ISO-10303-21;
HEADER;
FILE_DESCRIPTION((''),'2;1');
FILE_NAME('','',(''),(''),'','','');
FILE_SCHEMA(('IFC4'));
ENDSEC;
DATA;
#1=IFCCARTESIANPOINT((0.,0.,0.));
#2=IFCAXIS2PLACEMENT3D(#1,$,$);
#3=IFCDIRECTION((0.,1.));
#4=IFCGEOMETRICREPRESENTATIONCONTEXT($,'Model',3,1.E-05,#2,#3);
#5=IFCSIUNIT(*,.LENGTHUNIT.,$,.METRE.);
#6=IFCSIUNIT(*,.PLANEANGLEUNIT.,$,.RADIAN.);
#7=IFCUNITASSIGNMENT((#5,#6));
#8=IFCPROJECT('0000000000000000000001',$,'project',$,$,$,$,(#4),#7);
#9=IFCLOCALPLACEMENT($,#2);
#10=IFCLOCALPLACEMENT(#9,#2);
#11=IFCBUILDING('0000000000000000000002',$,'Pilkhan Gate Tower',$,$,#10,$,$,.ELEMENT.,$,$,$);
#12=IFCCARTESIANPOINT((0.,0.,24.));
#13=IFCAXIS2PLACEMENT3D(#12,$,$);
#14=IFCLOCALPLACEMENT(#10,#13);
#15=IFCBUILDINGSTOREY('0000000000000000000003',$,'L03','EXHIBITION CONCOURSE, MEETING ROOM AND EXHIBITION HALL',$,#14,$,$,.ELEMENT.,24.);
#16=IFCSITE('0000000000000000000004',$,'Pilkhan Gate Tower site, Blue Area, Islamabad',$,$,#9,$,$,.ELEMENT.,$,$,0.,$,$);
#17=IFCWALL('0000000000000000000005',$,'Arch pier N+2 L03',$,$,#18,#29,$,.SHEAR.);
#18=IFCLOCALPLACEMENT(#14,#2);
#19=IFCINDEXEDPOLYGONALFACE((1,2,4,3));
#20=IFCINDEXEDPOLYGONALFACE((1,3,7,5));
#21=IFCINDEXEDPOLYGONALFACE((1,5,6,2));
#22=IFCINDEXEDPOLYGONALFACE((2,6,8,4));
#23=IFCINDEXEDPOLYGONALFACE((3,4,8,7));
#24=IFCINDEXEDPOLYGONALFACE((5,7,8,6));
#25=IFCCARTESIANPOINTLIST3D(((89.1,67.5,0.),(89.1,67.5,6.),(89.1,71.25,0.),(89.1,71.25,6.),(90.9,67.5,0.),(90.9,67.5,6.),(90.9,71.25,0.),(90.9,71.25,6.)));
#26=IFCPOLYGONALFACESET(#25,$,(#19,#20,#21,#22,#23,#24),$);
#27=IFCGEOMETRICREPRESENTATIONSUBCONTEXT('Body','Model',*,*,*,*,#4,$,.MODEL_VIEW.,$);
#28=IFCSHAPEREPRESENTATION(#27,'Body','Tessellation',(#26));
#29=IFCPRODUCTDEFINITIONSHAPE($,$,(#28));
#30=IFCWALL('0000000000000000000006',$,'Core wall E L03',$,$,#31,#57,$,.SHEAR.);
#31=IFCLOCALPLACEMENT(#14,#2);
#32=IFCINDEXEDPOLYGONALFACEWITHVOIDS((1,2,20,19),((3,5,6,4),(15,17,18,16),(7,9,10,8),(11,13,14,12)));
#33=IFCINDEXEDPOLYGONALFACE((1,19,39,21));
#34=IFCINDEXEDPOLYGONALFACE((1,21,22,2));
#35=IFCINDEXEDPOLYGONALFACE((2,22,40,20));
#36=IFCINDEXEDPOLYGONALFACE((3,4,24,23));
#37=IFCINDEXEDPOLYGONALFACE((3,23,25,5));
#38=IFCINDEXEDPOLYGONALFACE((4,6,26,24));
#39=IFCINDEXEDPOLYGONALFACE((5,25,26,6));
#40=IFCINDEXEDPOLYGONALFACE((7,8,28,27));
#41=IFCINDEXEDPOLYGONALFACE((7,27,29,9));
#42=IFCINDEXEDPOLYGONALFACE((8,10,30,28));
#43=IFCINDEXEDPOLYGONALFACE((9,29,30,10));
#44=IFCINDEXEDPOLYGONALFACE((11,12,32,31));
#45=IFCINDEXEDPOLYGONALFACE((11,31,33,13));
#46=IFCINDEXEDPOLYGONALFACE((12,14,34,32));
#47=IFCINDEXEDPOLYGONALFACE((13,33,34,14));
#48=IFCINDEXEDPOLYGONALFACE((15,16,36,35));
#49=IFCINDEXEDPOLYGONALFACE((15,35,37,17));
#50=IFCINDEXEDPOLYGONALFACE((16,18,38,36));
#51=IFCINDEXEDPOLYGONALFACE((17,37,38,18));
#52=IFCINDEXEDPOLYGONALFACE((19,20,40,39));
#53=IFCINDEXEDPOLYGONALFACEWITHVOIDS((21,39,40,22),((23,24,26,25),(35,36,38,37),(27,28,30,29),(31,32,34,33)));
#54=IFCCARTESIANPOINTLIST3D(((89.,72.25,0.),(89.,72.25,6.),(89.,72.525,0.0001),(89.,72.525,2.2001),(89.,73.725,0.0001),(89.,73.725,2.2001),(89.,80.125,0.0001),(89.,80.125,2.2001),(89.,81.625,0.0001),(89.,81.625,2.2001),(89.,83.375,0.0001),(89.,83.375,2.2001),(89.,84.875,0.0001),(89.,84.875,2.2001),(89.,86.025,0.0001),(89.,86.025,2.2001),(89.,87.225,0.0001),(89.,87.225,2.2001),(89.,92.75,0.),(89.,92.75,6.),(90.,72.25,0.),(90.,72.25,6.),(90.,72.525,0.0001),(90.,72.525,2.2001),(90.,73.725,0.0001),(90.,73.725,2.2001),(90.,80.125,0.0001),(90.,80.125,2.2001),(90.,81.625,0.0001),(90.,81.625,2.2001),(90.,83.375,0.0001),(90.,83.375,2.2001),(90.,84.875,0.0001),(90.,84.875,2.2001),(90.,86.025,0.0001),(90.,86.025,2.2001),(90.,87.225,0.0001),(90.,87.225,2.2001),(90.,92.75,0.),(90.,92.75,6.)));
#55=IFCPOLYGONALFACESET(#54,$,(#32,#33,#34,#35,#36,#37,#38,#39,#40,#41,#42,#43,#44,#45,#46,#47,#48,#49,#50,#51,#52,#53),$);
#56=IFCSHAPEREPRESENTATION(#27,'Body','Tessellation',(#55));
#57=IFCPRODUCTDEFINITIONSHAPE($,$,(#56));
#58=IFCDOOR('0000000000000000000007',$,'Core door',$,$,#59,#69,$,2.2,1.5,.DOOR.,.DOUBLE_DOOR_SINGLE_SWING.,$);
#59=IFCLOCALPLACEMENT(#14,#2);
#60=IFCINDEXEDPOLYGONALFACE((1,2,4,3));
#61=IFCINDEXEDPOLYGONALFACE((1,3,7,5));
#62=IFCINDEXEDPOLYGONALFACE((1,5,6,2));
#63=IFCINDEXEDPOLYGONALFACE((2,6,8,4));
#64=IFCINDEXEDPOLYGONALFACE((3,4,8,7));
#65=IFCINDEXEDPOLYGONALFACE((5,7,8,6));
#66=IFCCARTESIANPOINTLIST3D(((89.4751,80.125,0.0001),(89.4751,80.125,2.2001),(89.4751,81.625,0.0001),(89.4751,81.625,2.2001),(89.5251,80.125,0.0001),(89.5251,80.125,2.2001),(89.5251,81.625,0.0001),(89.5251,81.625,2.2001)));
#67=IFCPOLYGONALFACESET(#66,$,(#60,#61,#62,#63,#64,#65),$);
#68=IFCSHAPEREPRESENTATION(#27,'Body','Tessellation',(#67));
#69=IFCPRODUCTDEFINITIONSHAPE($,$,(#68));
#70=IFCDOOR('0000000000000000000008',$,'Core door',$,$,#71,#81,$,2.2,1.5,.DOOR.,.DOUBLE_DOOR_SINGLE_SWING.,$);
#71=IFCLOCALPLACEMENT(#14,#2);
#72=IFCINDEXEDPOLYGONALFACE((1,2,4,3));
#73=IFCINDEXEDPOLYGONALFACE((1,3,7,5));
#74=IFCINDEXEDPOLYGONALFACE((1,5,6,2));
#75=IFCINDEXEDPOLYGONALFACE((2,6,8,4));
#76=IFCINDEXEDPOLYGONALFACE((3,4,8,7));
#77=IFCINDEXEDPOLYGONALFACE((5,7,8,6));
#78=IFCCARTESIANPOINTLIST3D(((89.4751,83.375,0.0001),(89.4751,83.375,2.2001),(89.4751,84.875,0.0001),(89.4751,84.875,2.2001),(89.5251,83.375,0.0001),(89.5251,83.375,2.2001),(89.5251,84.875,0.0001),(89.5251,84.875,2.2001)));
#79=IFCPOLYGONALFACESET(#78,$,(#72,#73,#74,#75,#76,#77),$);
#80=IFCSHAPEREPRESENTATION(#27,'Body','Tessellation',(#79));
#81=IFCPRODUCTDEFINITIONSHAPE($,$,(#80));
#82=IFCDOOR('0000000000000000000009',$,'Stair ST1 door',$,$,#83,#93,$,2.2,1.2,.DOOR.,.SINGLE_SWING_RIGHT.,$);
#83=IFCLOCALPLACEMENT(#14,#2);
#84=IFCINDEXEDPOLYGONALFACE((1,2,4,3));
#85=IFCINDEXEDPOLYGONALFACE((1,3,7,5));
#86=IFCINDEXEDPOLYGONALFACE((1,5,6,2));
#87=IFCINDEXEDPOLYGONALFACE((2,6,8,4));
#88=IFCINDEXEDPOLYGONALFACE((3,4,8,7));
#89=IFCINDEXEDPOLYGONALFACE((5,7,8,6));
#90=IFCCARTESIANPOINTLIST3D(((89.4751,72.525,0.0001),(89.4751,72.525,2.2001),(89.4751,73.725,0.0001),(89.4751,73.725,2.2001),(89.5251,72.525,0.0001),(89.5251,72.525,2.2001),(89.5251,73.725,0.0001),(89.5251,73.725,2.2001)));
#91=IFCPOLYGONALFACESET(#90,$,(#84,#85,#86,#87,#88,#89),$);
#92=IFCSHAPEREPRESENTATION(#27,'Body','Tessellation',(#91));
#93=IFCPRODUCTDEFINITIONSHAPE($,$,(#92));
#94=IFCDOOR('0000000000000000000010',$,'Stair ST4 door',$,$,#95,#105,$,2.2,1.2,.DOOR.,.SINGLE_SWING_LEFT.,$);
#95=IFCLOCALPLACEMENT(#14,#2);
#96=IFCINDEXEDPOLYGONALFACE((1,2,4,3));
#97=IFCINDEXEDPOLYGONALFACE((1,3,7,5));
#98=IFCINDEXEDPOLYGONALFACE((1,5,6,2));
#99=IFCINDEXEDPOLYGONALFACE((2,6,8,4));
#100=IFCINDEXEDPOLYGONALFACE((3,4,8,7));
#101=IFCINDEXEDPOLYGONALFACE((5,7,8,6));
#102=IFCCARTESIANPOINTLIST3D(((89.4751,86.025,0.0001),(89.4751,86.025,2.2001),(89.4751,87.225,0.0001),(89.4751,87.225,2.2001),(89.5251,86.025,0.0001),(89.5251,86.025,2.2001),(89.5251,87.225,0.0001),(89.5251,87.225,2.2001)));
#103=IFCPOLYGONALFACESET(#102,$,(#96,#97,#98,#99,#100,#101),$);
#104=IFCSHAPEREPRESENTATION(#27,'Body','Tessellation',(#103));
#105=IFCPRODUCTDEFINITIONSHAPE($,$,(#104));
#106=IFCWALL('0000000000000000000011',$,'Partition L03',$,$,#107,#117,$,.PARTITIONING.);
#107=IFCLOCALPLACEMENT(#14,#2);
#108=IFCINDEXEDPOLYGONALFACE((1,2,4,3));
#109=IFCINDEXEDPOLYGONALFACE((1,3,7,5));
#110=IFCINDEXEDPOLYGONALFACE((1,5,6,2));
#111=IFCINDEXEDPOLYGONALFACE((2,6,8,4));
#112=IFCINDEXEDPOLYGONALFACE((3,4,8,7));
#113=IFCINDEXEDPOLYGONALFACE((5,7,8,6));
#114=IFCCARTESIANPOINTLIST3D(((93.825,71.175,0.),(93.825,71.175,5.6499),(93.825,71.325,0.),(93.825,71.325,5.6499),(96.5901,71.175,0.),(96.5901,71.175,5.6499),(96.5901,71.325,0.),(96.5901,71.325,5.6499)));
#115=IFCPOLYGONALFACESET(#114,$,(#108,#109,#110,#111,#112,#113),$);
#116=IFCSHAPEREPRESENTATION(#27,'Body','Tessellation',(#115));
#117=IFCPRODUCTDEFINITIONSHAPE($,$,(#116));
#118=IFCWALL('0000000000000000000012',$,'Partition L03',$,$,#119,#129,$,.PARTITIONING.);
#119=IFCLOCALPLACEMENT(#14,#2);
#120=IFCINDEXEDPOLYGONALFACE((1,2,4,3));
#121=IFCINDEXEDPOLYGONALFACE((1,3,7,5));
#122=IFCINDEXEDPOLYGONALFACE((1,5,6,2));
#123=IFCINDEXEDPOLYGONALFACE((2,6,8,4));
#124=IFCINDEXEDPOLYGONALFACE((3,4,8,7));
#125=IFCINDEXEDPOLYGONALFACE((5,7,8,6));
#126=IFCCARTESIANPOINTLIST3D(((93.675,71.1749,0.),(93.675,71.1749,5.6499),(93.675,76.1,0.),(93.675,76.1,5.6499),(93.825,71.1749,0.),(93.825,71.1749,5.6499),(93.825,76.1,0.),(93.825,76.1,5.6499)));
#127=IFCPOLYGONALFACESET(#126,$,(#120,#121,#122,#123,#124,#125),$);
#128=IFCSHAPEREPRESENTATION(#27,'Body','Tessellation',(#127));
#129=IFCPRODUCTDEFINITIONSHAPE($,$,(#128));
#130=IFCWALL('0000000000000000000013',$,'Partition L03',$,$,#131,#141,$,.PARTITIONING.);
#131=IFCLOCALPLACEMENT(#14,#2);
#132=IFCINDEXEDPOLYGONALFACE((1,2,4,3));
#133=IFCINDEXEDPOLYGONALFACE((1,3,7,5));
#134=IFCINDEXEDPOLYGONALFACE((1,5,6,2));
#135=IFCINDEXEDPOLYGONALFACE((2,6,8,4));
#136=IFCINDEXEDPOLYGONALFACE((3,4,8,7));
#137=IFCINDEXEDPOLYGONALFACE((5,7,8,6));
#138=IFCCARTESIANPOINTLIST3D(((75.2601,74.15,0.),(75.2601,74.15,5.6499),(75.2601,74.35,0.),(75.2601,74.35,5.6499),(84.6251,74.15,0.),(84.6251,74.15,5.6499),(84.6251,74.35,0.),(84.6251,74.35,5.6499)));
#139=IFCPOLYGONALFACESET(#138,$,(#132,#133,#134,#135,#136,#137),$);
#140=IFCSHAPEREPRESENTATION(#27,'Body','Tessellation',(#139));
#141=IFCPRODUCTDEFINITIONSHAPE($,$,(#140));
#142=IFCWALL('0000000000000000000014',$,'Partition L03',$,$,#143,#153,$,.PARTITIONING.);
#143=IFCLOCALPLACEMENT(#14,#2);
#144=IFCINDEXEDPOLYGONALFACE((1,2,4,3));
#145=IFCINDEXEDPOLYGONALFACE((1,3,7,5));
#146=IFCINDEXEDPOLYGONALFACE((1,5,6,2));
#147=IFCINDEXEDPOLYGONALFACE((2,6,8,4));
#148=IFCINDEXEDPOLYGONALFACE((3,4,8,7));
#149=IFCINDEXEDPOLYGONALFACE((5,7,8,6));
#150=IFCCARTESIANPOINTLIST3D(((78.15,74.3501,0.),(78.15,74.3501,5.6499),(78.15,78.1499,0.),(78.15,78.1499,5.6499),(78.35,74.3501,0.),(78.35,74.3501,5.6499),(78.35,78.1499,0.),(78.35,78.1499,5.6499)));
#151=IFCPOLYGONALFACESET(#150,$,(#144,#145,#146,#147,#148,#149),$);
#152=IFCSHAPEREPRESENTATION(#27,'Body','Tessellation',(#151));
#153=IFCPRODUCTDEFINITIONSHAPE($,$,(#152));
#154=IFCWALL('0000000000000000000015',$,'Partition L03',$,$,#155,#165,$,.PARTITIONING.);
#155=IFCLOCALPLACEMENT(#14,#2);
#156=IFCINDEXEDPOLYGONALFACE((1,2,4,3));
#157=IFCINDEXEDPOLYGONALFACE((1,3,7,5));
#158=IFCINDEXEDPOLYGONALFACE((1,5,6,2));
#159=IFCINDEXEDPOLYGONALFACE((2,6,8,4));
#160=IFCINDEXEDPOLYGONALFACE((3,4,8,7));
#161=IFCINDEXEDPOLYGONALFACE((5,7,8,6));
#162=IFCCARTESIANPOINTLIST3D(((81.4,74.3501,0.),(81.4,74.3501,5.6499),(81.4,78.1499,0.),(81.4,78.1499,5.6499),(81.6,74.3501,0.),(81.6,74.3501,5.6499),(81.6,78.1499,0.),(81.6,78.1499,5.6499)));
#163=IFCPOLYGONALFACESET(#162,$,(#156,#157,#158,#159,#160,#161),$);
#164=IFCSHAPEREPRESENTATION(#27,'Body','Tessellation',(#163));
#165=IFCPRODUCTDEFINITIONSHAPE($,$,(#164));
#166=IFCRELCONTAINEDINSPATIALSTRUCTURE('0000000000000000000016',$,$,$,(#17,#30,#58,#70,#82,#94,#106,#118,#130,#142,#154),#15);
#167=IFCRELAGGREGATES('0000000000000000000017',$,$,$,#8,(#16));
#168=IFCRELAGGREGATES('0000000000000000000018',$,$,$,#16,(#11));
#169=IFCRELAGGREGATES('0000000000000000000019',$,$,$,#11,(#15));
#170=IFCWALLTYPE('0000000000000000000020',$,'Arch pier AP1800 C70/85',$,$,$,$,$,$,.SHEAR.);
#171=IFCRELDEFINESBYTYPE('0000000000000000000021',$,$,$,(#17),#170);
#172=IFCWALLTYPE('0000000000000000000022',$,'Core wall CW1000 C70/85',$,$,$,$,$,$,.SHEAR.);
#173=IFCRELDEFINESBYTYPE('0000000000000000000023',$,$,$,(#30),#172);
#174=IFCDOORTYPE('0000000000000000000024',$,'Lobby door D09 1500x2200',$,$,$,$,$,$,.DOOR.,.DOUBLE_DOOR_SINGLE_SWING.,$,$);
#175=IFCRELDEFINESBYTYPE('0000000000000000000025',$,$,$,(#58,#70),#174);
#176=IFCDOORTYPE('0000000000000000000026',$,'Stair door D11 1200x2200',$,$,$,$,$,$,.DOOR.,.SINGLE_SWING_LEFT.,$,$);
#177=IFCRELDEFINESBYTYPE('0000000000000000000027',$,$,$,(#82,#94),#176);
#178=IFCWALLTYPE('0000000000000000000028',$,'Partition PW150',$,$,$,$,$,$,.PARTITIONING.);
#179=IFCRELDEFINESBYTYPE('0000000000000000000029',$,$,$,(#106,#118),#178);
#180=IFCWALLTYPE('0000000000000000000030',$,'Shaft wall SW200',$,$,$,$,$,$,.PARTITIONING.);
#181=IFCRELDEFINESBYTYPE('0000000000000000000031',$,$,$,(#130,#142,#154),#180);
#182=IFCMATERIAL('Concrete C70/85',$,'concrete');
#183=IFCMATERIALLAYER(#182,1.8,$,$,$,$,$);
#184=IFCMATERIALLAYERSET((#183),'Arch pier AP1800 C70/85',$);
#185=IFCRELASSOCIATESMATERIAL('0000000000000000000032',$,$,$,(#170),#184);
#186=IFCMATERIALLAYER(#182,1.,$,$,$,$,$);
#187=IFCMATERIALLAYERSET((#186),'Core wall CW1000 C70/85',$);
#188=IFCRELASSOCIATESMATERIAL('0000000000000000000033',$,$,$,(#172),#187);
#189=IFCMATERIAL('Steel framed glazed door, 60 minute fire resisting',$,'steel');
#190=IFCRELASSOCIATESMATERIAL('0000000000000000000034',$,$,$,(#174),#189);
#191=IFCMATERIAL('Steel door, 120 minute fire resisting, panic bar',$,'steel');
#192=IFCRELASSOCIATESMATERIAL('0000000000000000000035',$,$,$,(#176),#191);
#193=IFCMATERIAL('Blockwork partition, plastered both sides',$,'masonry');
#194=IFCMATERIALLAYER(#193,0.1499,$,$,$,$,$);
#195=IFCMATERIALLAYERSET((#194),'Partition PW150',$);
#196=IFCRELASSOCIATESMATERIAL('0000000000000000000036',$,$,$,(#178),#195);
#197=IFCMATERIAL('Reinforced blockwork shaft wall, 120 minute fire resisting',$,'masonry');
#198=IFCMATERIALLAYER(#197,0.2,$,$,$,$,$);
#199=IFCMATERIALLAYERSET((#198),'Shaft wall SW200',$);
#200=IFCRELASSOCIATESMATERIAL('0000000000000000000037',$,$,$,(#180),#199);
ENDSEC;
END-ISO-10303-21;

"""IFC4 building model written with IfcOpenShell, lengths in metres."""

from ifc_helpers import new_model, si_unit, direction, frame, frame_2d, origin, place, context, subcontext, project, spatial, rectangle, extrude, material, layer, layer_set, type_object, element, fill, save


model = new_model("IFC4")

# Units and contexts
model_context = context("Model", 3, precision=1e-05, world=origin(), true_north=direction((0.0, 1.0)))
body_context = subcontext(model_context, "Body", "Model", "MODEL_VIEW")
ifc_project = project(units=[si_unit("LENGTHUNIT", "METRE"), si_unit("PLANEANGLEUNIT", "RADIAN")], contexts=[model_context])

# Site, building, storey
site_placement = place(None, origin())
site = spatial("IfcSite", under=ifc_project, at=site_placement, Name="Pilkhan Gate Tower site, Blue Area, Islamabad", CompositionType="ELEMENT", RefElevation=0.0)
building_placement = place(site_placement, origin())
building = spatial("IfcBuilding", under=site, at=building_placement, Name="Pilkhan Gate Tower", CompositionType="ELEMENT")
storey_placement = place(building_placement, frame((0.0, 0.0, 24.0)))
storey = spatial("IfcBuildingStorey", under=building, at=storey_placement, Name="L03", Description="EXHIBITION CONCOURSE, MEETING ROOM AND EXHIBITION HALL", CompositionType="ELEMENT", Elevation=24.0)

# Wall
ifc_material_1 = material(Name="Concrete C70/85", Category="concrete")
ifc_layer_1 = layer(ifc_material_1, 1.8)
ifc_layer_set_1 = layer_set([ifc_layer_1], Name="Arch pier AP1800 C70/85")
wall_type_1 = type_object("IfcWallType", Name="Arch pier AP1800 C70/85", PredefinedType="SHEAR", material=ifc_layer_set_1)
wall_1_placement = place(storey_placement, frame((90.0, 67.5, 0.0), z_axis=(0.0, 0.0, 1.0), x_axis=(0.0, 1.0, 0.0)))
element("IfcWall", 1, at=wall_1_placement, inside=storey, type_object=wall_type_1, Name="Arch pier N+2 L03", PredefinedType="SHEAR", context=body_context, shape_type="SweptSolid", body=[
    extrude(rectangle(XDim=3.75, YDim=1.8, at=frame_2d((1.875, 0.0))), origin(), (0.0, 0.0, 1.0), 6.0),
])

# Wall, openings, doors
ifc_layer_2 = layer(ifc_material_1, 1.0)
ifc_layer_set_2 = layer_set([ifc_layer_2], Name="Core wall CW1000 C70/85")
wall_type_2 = type_object("IfcWallType", Name="Core wall CW1000 C70/85", PredefinedType="SHEAR", material=ifc_layer_set_2)
wall_2_placement = place(storey_placement, frame((89.5, 72.25, 0.0), z_axis=(0.0, 0.0, 1.0), x_axis=(0.0, 1.0, 0.0)))
wall_2 = element("IfcWall", 2, at=wall_2_placement, inside=storey, type_object=wall_type_2, Name="Core wall E L03", PredefinedType="SHEAR", context=body_context, shape_type="SweptSolid", body=[
    extrude(rectangle(XDim=20.5, YDim=1.0, at=frame_2d((10.25, 0.0))), origin(), (0.0, 0.0, 1.0), 6.0),
])
opening_1_placement = place(wall_2_placement, frame((0.2749, 0.0, 0.0)))
opening_1 = element("IfcOpeningElement", 3, at=opening_1_placement, cuts=wall_2, PredefinedType="OPENING", context=body_context, shape_type="SweptSolid", body=[
    extrude(rectangle(XDim=1.2, YDim=2.2, at=frame_2d((0.6001, 1.1001))), frame((0.0, 0.51, 0.0), z_axis=(0.0, -1.0, 0.0), x_axis=(1.0, 0.0, 0.0)), (0.0, 0.0, 1.0), 1.02),
])
opening_2_placement = place(wall_2_placement, frame((13.7749, 0.0, 0.0)))
opening_2 = element("IfcOpeningElement", 4, at=opening_2_placement, cuts=wall_2, PredefinedType="OPENING", context=body_context, shape_type="SweptSolid", body=[
    extrude(rectangle(XDim=1.2, YDim=2.2, at=frame_2d((0.6001, 1.1001))), frame((0.0, 0.51, 0.0), z_axis=(0.0, -1.0, 0.0), x_axis=(1.0, 0.0, 0.0)), (0.0, 0.0, 1.0), 1.02),
])
opening_3_placement = place(wall_2_placement, frame((7.875, 0.0, 0.0)))
opening_3 = element("IfcOpeningElement", 5, at=opening_3_placement, cuts=wall_2, PredefinedType="OPENING", context=body_context, shape_type="SweptSolid", body=[
    extrude(rectangle(XDim=1.5, YDim=2.2, at=frame_2d((0.75, 1.1001))), frame((0.0, 0.51, 0.0), z_axis=(0.0, -1.0, 0.0), x_axis=(1.0, 0.0, 0.0)), (0.0, 0.0, 1.0), 1.02),
])
opening_4_placement = place(wall_2_placement, frame((11.125, 0.0, 0.0)))
opening_4 = element("IfcOpeningElement", 6, at=opening_4_placement, cuts=wall_2, PredefinedType="OPENING", context=body_context, shape_type="SweptSolid", body=[
    extrude(rectangle(XDim=1.5, YDim=2.2, at=frame_2d((0.75, 1.1001))), frame((0.0, 0.51, 0.0), z_axis=(0.0, -1.0, 0.0), x_axis=(1.0, 0.0, 0.0)), (0.0, 0.0, 1.0), 1.02),
])
ifc_material_2 = material(Name="Steel framed glazed door, 60 minute fire resisting", Category="steel")
door_type_1 = type_object("IfcDoorType", Name="Lobby door D09 1500x2200", OperationType="DOUBLE_DOOR_SINGLE_SWING", PredefinedType="DOOR", material=ifc_material_2)
door_1_placement = place(opening_3_placement, origin())
door_1 = element("IfcDoor", 7, at=door_1_placement, inside=storey, type_object=door_type_1, Name="Core door", OperationType="DOUBLE_DOOR_SINGLE_SWING", OverallHeight=2.2, OverallWidth=1.5, PredefinedType="DOOR", context=body_context, shape_type="SweptSolid", body=[
    extrude(rectangle(XDim=1.5, YDim=2.2, at=frame_2d((0.75, 1.1001))), frame((0.0, 0.0249, 0.0), z_axis=(0.0, -1.0, 0.0), x_axis=(1.0, 0.0, 0.0)), (0.0, 0.0, 1.0), 0.05),
])
fill(opening_3, door_1)
door_2_placement = place(opening_4_placement, origin())
door_2 = element("IfcDoor", 8, at=door_2_placement, inside=storey, type_object=door_type_1, Name="Core door", OperationType="DOUBLE_DOOR_SINGLE_SWING", OverallHeight=2.2, OverallWidth=1.5, PredefinedType="DOOR", context=body_context, shape_type="SweptSolid", body=[
    extrude(rectangle(XDim=1.5, YDim=2.2, at=frame_2d((0.75, 1.1001))), frame((0.0, 0.0249, 0.0), z_axis=(0.0, -1.0, 0.0), x_axis=(1.0, 0.0, 0.0)), (0.0, 0.0, 1.0), 0.05),
])
fill(opening_4, door_2)
ifc_material_3 = material(Name="Steel door, 120 minute fire resisting, panic bar", Category="steel")
door_type_2 = type_object("IfcDoorType", Name="Stair door D11 1200x2200", OperationType="SINGLE_SWING_LEFT", PredefinedType="DOOR", material=ifc_material_3)
door_3_placement = place(opening_1_placement, origin())
door_3 = element("IfcDoor", 9, at=door_3_placement, inside=storey, type_object=door_type_2, Name="Stair ST1 door", OperationType="SINGLE_SWING_RIGHT", OverallHeight=2.2, OverallWidth=1.2, PredefinedType="DOOR", context=body_context, shape_type="SweptSolid", body=[
    extrude(rectangle(XDim=1.2, YDim=2.2, at=frame_2d((0.6001, 1.1001))), frame((0.0, 0.0249, 0.0), z_axis=(0.0, -1.0, 0.0), x_axis=(1.0, 0.0, 0.0)), (0.0, 0.0, 1.0), 0.05),
])
fill(opening_1, door_3)
door_4_placement = place(opening_2_placement, origin())
door_4 = element("IfcDoor", 10, at=door_4_placement, inside=storey, type_object=door_type_2, Name="Stair ST4 door", OperationType="SINGLE_SWING_LEFT", OverallHeight=2.2, OverallWidth=1.2, PredefinedType="DOOR", context=body_context, shape_type="SweptSolid", body=[
    extrude(rectangle(XDim=1.2, YDim=2.2, at=frame_2d((0.6001, 1.1001))), frame((0.0, 0.0249, 0.0), z_axis=(0.0, -1.0, 0.0), x_axis=(1.0, 0.0, 0.0)), (0.0, 0.0, 1.0), 0.05),
])
fill(opening_2, door_4)

# Walls
ifc_material_4 = material(Name="Blockwork partition, plastered both sides", Category="masonry")
ifc_layer_3 = layer(ifc_material_4, 0.1499)
ifc_layer_set_3 = layer_set([ifc_layer_3], Name="Partition PW150")
wall_type_3 = type_object("IfcWallType", Name="Partition PW150", PredefinedType="PARTITIONING", material=ifc_layer_set_3)
wall_3_placement = place(storey_placement, frame((93.825, 71.25, 0.0), z_axis=(0.0, 0.0, 1.0), x_axis=(1.0, 0.0, 0.0)))
element("IfcWall", 11, at=wall_3_placement, inside=storey, type_object=wall_type_3, Name="Partition L03", PredefinedType="PARTITIONING", context=body_context, shape_type="SweptSolid", body=[
    extrude(rectangle(XDim=2.7651, YDim=0.1499, at=frame_2d((1.3826, 0.0))), origin(), (0.0, 0.0, 1.0), 5.6499),
])
wall_4_placement = place(storey_placement, frame((93.75, 71.175, 0.0), z_axis=(0.0, 0.0, 1.0), x_axis=(0.0, 1.0, 0.0)))
element("IfcWall", 12, at=wall_4_placement, inside=storey, type_object=wall_type_3, Name="Partition L03", PredefinedType="PARTITIONING", context=body_context, shape_type="SweptSolid", body=[
    extrude(rectangle(XDim=4.925, YDim=0.1499, at=frame_2d((2.4624, 0.0))), origin(), (0.0, 0.0, 1.0), 5.6499),
])
ifc_material_5 = material(Name="Reinforced blockwork shaft wall, 120 minute fire resisting", Category="masonry")
ifc_layer_4 = layer(ifc_material_5, 0.2)
ifc_layer_set_4 = layer_set([ifc_layer_4], Name="Shaft wall SW200")
wall_type_4 = type_object("IfcWallType", Name="Shaft wall SW200", PredefinedType="PARTITIONING", material=ifc_layer_set_4)
wall_5_placement = place(storey_placement, frame((75.26, 74.25, 0.0), z_axis=(0.0, 0.0, 1.0), x_axis=(1.0, 0.0, 0.0)))
element("IfcWall", 13, at=wall_5_placement, inside=storey, type_object=wall_type_4, Name="Partition L03", PredefinedType="PARTITIONING", context=body_context, shape_type="SweptSolid", body=[
    extrude(rectangle(XDim=9.365, YDim=0.2, at=frame_2d((4.6826, 0.0))), origin(), (0.0, 0.0, 1.0), 5.6499),
])
for number, where, z_axis, x_axis, name in (
    (14, (78.25, 74.3501, 0.0), (0.0, 0.0, 1.0), (0.0, 1.0, 0.0), "Partition L03"),
    (15, (81.5, 74.3501, 0.0), (0.0, 0.0, 1.0), (0.0, 1.0, 0.0), "Partition L03"),
):
    element("IfcWall", number, at=place(storey_placement, frame(where, z_axis=z_axis, x_axis=x_axis)), inside=storey, type_object=wall_type_4, Name=name, PredefinedType="PARTITIONING", context=body_context, shape_type="SweptSolid", body=[
        extrude(rectangle(XDim=3.7998, YDim=0.2, at=frame_2d((1.8999, 0.0))), origin(), (0.0, 0.0, 1.0), 5.6499),
    ])

save(model, "model.ifc")
